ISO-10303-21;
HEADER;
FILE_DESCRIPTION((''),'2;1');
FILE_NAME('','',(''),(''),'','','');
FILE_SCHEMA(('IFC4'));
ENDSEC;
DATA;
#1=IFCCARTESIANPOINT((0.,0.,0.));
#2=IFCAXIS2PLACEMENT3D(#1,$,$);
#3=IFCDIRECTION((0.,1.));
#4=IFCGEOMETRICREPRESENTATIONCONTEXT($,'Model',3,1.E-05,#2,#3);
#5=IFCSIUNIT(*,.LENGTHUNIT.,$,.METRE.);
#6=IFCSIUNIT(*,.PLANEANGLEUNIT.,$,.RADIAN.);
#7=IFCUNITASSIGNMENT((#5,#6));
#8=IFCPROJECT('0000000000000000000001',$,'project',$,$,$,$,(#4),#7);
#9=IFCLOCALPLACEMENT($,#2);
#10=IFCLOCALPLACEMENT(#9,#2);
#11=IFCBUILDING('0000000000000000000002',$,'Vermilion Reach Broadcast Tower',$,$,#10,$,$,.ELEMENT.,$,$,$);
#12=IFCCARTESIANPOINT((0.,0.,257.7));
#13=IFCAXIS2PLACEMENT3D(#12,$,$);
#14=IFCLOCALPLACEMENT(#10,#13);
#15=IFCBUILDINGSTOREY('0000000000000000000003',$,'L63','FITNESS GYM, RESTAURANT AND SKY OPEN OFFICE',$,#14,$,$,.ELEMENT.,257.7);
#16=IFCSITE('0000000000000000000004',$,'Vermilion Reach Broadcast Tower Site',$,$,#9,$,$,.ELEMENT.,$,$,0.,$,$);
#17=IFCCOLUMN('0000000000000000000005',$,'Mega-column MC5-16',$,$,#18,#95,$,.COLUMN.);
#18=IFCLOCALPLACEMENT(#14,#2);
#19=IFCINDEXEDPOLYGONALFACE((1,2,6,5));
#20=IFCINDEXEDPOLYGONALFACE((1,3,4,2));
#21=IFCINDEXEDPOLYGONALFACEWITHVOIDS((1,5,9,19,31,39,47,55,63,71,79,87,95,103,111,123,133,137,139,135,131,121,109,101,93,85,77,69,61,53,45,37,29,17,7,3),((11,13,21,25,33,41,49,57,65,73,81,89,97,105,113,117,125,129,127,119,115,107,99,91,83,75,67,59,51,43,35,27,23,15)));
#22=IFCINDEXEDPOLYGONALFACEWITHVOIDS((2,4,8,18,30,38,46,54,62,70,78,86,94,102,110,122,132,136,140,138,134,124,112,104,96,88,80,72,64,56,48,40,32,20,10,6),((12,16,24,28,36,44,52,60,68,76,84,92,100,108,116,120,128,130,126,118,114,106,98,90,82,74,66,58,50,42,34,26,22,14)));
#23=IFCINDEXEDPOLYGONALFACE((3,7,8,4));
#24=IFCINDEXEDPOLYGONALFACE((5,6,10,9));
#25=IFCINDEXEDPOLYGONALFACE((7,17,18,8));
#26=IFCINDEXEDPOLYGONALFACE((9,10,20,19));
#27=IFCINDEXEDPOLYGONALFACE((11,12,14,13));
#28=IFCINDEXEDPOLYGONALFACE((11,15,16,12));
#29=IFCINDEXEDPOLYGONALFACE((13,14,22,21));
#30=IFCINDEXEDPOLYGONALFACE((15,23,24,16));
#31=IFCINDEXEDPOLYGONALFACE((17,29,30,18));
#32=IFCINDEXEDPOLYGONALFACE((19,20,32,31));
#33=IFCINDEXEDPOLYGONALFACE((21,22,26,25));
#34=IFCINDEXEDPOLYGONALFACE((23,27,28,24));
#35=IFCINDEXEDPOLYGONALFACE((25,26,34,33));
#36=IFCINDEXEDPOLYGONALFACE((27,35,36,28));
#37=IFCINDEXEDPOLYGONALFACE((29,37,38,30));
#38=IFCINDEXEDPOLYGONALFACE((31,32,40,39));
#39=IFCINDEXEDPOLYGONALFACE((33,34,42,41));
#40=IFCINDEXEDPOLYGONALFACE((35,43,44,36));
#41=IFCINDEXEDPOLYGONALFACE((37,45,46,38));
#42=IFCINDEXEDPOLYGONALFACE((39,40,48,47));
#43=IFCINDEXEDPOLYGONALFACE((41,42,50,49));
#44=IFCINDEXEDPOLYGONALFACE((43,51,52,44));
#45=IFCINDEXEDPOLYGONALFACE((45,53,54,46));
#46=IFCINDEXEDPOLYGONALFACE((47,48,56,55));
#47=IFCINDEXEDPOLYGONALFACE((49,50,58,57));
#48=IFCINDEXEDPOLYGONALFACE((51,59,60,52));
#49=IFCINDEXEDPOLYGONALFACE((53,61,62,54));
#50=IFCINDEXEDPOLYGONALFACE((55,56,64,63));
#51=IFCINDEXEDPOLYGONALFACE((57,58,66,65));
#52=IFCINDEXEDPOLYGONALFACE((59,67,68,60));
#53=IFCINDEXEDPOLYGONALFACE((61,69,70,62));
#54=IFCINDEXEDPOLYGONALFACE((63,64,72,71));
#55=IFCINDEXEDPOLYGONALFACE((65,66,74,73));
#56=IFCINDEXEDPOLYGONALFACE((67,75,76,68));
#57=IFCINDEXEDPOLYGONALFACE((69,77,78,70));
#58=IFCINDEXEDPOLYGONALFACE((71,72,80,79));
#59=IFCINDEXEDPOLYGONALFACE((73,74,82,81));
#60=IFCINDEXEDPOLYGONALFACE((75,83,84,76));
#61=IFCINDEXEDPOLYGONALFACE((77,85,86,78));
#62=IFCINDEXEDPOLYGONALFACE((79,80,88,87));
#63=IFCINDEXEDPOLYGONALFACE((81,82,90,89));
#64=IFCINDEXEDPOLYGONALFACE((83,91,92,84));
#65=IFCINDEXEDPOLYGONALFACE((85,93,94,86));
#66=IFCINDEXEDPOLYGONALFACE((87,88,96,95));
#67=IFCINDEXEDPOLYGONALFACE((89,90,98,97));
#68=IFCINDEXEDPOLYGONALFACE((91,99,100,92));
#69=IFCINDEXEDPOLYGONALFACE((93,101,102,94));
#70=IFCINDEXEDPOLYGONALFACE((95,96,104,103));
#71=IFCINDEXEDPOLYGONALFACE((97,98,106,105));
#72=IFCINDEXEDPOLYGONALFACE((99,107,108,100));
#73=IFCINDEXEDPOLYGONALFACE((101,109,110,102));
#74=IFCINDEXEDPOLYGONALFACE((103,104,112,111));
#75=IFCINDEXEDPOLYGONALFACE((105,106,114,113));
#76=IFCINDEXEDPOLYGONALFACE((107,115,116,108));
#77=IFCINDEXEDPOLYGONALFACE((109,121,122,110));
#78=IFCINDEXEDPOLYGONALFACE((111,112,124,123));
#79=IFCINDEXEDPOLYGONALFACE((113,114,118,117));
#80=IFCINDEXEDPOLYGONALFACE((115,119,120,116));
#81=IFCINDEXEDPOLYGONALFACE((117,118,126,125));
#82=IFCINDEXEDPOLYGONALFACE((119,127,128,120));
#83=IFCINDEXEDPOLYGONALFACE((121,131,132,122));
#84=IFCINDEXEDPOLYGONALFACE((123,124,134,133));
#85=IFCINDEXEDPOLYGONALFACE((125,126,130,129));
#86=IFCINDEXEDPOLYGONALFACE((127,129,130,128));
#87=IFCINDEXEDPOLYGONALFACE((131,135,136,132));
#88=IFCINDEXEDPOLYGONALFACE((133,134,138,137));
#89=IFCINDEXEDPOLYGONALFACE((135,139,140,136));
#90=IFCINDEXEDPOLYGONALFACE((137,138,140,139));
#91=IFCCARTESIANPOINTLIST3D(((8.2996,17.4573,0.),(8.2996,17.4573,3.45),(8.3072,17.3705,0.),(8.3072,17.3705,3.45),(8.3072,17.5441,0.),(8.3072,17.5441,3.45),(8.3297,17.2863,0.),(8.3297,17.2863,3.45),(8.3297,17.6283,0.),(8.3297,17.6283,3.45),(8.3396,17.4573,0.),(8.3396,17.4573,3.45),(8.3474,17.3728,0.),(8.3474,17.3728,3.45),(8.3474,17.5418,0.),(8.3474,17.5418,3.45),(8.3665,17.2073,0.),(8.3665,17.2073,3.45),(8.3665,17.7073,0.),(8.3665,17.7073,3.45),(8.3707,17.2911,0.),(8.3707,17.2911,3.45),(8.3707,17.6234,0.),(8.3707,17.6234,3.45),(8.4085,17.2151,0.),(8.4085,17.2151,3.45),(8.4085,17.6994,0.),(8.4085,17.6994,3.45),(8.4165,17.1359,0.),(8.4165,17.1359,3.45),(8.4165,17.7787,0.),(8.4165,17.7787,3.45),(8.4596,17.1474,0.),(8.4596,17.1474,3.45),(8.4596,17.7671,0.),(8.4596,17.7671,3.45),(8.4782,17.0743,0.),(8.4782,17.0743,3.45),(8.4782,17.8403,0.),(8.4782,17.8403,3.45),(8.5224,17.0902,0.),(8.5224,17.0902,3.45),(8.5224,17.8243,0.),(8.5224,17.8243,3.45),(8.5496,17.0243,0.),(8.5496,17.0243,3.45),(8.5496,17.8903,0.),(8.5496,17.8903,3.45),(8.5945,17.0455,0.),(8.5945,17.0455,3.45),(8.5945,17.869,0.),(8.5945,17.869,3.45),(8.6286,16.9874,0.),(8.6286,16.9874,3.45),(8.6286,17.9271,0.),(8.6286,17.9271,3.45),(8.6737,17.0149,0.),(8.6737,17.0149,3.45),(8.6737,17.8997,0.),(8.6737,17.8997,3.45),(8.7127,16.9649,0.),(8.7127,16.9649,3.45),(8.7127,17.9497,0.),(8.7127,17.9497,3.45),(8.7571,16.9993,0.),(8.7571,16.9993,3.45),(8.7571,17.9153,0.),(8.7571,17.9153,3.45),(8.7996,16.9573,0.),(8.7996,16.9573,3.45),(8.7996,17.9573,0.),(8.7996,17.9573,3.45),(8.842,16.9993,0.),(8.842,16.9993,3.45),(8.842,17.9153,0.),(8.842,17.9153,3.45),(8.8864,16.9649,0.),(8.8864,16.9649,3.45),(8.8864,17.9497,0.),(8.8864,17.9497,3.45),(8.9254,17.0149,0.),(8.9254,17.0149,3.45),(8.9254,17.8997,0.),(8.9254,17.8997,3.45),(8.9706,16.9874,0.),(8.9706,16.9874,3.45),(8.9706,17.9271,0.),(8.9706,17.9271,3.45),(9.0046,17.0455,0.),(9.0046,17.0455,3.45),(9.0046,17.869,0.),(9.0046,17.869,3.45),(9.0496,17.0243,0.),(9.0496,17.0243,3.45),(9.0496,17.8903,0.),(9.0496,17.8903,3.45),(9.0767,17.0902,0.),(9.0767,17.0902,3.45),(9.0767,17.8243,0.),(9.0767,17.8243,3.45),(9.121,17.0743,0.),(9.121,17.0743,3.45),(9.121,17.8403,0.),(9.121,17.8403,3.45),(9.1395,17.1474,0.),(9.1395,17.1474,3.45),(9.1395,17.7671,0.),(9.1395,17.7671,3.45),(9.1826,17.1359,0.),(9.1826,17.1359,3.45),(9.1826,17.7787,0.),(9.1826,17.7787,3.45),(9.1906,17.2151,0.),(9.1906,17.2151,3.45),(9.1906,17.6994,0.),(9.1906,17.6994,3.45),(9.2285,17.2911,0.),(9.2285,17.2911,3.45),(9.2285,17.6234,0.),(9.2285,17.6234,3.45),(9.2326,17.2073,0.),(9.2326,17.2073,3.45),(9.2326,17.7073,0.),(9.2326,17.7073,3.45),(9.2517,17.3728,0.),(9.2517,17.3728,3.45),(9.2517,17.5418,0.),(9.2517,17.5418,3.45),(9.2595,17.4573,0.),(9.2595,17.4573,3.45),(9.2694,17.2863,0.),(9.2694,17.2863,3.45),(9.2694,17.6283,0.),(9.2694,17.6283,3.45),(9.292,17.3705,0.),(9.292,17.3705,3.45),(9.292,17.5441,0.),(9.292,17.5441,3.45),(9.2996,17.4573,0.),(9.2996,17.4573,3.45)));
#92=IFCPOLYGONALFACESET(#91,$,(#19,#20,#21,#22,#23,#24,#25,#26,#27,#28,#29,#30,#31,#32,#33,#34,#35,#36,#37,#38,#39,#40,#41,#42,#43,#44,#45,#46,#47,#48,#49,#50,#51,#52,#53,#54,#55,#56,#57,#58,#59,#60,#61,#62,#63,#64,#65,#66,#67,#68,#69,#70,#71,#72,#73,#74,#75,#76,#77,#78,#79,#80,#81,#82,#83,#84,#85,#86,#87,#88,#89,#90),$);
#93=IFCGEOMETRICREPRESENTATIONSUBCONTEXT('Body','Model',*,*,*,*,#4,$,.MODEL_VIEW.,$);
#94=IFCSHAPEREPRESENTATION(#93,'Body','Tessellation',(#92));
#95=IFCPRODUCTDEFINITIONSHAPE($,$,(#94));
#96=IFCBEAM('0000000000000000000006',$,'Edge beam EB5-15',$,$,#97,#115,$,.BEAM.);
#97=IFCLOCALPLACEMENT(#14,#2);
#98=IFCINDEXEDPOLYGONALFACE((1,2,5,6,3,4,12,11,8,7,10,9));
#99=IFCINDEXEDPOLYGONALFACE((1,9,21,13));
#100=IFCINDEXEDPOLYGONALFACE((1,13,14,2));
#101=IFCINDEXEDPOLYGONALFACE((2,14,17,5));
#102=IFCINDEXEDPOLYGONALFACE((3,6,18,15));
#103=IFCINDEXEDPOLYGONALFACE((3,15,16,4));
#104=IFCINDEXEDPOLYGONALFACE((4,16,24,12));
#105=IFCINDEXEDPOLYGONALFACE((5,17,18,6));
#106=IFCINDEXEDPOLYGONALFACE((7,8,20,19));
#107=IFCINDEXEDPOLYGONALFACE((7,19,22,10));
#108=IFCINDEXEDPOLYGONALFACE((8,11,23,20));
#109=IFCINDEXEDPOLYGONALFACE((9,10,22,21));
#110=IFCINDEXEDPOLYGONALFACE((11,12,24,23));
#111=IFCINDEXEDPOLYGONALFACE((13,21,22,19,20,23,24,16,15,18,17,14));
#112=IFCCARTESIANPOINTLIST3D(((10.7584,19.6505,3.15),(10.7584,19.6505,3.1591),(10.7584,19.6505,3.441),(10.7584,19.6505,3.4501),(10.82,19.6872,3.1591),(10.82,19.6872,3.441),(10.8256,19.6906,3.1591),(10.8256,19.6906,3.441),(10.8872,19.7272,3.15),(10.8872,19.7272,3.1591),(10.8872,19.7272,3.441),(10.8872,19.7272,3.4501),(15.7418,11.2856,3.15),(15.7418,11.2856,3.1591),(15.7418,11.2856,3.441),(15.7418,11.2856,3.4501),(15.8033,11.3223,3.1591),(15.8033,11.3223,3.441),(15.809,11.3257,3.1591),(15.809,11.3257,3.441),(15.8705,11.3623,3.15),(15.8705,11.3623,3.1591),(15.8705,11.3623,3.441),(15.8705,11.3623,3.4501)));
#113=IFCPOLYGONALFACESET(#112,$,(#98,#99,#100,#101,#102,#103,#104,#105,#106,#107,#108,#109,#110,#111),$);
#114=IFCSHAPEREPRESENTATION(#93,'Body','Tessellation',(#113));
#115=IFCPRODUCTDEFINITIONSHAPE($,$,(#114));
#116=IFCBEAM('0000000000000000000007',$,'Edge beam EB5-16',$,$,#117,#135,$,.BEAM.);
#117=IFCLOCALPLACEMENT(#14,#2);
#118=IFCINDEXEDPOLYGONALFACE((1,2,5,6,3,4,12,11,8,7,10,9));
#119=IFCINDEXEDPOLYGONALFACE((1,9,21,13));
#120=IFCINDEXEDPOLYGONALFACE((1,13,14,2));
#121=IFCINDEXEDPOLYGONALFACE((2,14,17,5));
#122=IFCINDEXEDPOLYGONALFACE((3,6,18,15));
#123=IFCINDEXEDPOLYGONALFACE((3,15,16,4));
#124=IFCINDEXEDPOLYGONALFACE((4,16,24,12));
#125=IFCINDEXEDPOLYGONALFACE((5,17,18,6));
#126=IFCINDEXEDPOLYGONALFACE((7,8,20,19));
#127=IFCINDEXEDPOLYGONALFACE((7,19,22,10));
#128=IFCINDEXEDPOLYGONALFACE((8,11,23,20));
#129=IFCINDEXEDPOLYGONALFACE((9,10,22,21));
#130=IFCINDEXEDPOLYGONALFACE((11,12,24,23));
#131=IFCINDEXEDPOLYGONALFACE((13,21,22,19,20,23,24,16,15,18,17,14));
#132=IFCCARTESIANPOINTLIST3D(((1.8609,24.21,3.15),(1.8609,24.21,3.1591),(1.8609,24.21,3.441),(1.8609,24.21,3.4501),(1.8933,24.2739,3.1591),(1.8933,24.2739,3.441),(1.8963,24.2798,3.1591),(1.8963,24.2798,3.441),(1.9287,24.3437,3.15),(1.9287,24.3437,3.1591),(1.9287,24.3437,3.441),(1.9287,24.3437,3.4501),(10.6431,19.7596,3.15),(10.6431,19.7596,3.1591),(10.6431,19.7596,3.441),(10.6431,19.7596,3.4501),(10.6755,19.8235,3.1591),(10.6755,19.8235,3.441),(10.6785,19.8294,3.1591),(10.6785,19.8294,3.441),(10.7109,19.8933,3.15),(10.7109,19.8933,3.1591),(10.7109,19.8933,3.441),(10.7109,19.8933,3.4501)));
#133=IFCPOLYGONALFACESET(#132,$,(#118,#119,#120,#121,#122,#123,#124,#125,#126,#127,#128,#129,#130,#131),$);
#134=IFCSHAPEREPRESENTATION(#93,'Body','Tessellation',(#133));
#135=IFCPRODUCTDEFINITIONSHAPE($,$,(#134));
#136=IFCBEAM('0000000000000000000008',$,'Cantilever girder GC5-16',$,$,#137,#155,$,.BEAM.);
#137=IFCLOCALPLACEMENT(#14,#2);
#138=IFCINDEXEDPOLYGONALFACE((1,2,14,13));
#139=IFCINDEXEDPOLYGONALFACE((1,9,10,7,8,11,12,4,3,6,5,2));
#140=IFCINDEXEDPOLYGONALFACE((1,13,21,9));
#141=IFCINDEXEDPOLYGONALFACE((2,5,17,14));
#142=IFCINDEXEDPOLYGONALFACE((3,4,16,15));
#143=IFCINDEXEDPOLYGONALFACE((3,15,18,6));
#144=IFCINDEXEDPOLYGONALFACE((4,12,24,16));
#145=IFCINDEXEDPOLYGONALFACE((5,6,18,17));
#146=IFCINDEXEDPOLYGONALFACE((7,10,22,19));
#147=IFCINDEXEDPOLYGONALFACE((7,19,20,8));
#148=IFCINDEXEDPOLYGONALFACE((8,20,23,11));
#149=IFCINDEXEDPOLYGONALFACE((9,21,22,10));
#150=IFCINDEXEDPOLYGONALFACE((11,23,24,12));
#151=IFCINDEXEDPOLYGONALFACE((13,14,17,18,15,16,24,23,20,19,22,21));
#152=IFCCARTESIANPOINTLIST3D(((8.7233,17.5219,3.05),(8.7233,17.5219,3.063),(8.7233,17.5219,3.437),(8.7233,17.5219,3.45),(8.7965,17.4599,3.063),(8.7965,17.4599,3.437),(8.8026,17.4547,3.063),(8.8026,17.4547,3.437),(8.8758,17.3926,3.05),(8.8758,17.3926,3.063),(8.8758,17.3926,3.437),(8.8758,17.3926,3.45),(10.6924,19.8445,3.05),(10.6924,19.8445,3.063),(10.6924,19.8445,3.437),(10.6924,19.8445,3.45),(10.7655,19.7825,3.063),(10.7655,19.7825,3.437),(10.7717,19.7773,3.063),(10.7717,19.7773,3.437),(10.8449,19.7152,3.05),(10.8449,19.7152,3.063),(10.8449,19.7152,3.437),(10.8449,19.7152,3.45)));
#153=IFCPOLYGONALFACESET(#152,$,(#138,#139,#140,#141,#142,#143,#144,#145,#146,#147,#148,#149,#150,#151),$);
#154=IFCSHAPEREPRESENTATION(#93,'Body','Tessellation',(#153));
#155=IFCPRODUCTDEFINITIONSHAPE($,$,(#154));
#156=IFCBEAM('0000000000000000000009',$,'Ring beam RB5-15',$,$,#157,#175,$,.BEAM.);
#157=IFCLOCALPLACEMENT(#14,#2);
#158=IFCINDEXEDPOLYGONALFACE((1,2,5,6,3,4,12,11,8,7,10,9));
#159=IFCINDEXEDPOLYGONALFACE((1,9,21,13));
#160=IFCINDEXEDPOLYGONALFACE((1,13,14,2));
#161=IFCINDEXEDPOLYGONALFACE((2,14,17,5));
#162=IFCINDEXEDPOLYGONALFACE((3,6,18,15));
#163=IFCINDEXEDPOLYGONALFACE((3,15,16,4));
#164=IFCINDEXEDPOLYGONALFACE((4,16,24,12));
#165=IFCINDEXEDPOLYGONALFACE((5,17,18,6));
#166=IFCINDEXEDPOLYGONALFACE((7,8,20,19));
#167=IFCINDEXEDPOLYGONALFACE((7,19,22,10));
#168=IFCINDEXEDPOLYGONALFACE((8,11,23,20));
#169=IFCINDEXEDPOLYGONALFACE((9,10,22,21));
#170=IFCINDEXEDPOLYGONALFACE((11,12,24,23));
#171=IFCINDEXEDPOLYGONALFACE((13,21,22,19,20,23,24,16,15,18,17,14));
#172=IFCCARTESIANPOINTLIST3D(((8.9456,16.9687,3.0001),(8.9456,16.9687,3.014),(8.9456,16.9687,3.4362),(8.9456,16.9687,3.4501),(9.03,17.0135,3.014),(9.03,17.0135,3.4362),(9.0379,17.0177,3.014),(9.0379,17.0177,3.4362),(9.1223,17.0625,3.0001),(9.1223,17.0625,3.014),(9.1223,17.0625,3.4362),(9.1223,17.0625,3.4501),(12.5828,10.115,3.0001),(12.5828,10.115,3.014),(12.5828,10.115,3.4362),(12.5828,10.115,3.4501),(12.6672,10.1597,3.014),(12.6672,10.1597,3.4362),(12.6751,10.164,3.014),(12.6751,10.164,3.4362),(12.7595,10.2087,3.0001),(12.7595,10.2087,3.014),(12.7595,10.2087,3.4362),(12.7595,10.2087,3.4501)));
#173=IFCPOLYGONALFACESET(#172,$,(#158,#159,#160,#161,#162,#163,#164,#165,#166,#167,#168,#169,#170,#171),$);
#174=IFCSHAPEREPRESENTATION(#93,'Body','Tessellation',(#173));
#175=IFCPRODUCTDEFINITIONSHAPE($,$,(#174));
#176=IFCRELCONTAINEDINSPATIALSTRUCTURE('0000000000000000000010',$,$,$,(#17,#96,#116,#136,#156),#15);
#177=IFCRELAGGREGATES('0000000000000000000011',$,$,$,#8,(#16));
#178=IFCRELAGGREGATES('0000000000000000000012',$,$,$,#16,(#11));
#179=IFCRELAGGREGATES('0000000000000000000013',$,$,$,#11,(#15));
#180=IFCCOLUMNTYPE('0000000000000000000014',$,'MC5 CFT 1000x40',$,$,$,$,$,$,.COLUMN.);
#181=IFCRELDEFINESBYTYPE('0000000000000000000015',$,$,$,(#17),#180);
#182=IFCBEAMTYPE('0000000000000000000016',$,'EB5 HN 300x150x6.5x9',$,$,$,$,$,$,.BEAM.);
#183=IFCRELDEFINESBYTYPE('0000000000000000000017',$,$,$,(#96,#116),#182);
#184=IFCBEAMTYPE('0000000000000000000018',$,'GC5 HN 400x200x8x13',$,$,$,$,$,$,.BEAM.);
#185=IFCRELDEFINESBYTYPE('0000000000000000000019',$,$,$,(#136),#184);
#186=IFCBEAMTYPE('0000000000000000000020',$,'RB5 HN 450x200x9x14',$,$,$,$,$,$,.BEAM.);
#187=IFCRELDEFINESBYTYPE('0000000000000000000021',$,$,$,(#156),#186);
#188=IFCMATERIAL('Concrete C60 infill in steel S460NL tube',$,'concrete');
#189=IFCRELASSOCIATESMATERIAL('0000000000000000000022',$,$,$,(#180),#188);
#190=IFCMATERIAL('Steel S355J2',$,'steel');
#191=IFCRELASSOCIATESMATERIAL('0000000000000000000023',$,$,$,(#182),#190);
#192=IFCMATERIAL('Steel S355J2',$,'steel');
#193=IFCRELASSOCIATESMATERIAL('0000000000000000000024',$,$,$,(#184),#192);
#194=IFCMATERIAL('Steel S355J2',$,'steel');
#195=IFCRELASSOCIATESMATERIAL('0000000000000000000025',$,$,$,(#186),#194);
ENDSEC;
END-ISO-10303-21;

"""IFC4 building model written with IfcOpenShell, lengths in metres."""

from ifc_helpers import new_model, si_unit, direction, frame, origin, origin_2d, place, context, subcontext, project, spatial, hollow_circle, i_section, extrude, material, material_profile, profile_set, type_object, element, save


model = new_model("IFC4")

# Units and contexts
model_context = context("Model", 3, precision=1e-05, world=origin(), true_north=direction((0.0, 1.0)))
body_context = subcontext(model_context, "Body", "Model", "MODEL_VIEW")
ifc_project = project(units=[si_unit("LENGTHUNIT", "METRE"), si_unit("PLANEANGLEUNIT", "RADIAN")], contexts=[model_context])

# Site, building, storey
site_placement = place(None, origin())
site = spatial("IfcSite", under=ifc_project, at=site_placement, Name="Vermilion Reach Broadcast Tower Site", CompositionType="ELEMENT", RefElevation=0.0)
building_placement = place(site_placement, origin())
building = spatial("IfcBuilding", under=site, at=building_placement, Name="Vermilion Reach Broadcast Tower", CompositionType="ELEMENT")
storey_placement = place(building_placement, frame((0.0, 0.0, 257.7)))
storey = spatial("IfcBuildingStorey", under=building, at=storey_placement, Name="L63", Description="FITNESS GYM, RESTAURANT AND SKY OPEN OFFICE", CompositionType="ELEMENT", Elevation=257.7)

# Column
ifc_material_1 = material(Name="Concrete C60 infill in steel S460NL tube", Category="concrete")
ifc_material_profile_1 = material_profile(ifc_material_1, hollow_circle(Radius=0.5, WallThickness=0.04, at=origin_2d()), Name="Concrete C60 infill in steel S460NL tube CFT 1000x40")
ifc_profile_set_1 = profile_set([ifc_material_profile_1], Name="Concrete C60 infill in steel S460NL tube")
column_type = type_object("IfcColumnType", Name="MC5 CFT 1000x40", PredefinedType="COLUMN", material=ifc_profile_set_1)
column_placement = place(storey_placement, frame((8.7996, 17.4573, 0.0), z_axis=(0.0, 0.0, 1.0), x_axis=(1.0, 0.0, 0.0)))
element("IfcColumn", 1, at=column_placement, inside=storey, type_object=column_type, Name="Mega-column MC5-16", PredefinedType="COLUMN", context=body_context, shape_type="SweptSolid", body=[
    extrude(hollow_circle(Radius=0.5, WallThickness=0.04, at=origin_2d()), origin(), (0.0, 0.0, 1.0), 3.45),
])

# Beams
ifc_material_2 = material(Name="Steel S355J2", Category="steel")
ifc_material_profile_2 = material_profile(ifc_material_2, i_section(OverallWidth=0.1499, OverallDepth=0.3, WebThickness=0.0066, FlangeThickness=0.009, at=origin_2d()), Name="S355J2 HN 300x150x6.5x9")
ifc_profile_set_2 = profile_set([ifc_material_profile_2], Name="Steel S355J2")
beam_type_1 = type_object("IfcBeamType", Name="EB5 HN 300x150x6.5x9", PredefinedType="BEAM", material=ifc_profile_set_2)
beam_1_placement = place(storey_placement, frame((15.8062, 11.324, 3.3), z_axis=(-0.511805, 0.859102, 0.0), x_axis=(-0.859102, -0.511805, 0.0)))
element("IfcBeam", 2, at=beam_1_placement, inside=storey, type_object=beam_type_1, Name="Edge beam EB5-15", PredefinedType="BEAM", context=body_context, shape_type="SweptSolid", body=[
    extrude(i_section(OverallWidth=0.1499, OverallDepth=0.3, WebThickness=0.0066, FlangeThickness=0.009, at=origin_2d()), origin(), (0.0, 0.0, 1.0), 9.7368),
])
beam_2_placement = place(storey_placement, frame((10.677, 19.8264, 3.3), z_axis=(-0.892004, 0.452028, 0.0), x_axis=(-0.452028, -0.892004, 0.0)))
element("IfcBeam", 3, at=beam_2_placement, inside=storey, type_object=beam_type_1, Name="Edge beam EB5-16", PredefinedType="BEAM", context=body_context, shape_type="SweptSolid", body=[
    extrude(i_section(OverallWidth=0.1499, OverallDepth=0.3, WebThickness=0.0066, FlangeThickness=0.009, at=origin_2d()), origin(), (0.0, 0.0, 1.0), 9.8455),
])
ifc_material_3 = material(Name="Steel S355J2", Category="steel")
ifc_material_profile_3 = material_profile(ifc_material_3, i_section(OverallWidth=0.2, OverallDepth=0.3999, WebThickness=0.0081, FlangeThickness=0.0129, at=origin_2d()), Name="S355J2 HN 400x200x8x13")
ifc_profile_set_3 = profile_set([ifc_material_profile_3], Name="Steel S355J2")
beam_type_2 = type_object("IfcBeamType", Name="GC5 HN 400x200x8x13", PredefinedType="BEAM", material=ifc_profile_set_3)
beam_3_placement = place(storey_placement, frame((8.7996, 17.4573, 3.25), z_axis=(0.646668, 0.762772, 0.0), x_axis=(-0.762772, 0.646668, 0.0)))
element("IfcBeam", 4, at=beam_3_placement, inside=storey, type_object=beam_type_2, Name="Cantilever girder GC5-16", PredefinedType="BEAM", context=body_context, shape_type="SweptSolid", body=[
    extrude(i_section(OverallWidth=0.2, OverallDepth=0.3999, WebThickness=0.0081, FlangeThickness=0.0129, at=origin_2d()), origin(), (0.0, 0.0, 1.0), 3.0449),
])
ifc_material_4 = material(Name="Steel S355J2", Category="steel")
ifc_material_profile_4 = material_profile(ifc_material_4, i_section(OverallWidth=0.2, OverallDepth=0.45, WebThickness=0.009, FlangeThickness=0.0139, at=origin_2d()), Name="S355J2 HN 450x200x9x14")
ifc_profile_set_4 = profile_set([ifc_material_profile_4], Name="Steel S355J2")
beam_type_3 = type_object("IfcBeamType", Name="RB5 HN 450x200x9x14", PredefinedType="BEAM", material=ifc_profile_set_4)
beam_4_placement = place(storey_placement, frame((12.6711, 10.1619, 3.2251), z_axis=(-0.468768, 0.883321, 0.0), x_axis=(-0.883321, -0.468768, 0.0)))
element("IfcBeam", 5, at=beam_4_placement, inside=storey, type_object=beam_type_3, Name="Ring beam RB5-15", PredefinedType="BEAM", context=body_context, shape_type="SweptSolid", body=[
    extrude(i_section(OverallWidth=0.2, OverallDepth=0.45, WebThickness=0.009, FlangeThickness=0.0139, at=origin_2d()), origin(), (0.0, 0.0, 1.0), 7.759),
])

save(model, "model.ifc")
